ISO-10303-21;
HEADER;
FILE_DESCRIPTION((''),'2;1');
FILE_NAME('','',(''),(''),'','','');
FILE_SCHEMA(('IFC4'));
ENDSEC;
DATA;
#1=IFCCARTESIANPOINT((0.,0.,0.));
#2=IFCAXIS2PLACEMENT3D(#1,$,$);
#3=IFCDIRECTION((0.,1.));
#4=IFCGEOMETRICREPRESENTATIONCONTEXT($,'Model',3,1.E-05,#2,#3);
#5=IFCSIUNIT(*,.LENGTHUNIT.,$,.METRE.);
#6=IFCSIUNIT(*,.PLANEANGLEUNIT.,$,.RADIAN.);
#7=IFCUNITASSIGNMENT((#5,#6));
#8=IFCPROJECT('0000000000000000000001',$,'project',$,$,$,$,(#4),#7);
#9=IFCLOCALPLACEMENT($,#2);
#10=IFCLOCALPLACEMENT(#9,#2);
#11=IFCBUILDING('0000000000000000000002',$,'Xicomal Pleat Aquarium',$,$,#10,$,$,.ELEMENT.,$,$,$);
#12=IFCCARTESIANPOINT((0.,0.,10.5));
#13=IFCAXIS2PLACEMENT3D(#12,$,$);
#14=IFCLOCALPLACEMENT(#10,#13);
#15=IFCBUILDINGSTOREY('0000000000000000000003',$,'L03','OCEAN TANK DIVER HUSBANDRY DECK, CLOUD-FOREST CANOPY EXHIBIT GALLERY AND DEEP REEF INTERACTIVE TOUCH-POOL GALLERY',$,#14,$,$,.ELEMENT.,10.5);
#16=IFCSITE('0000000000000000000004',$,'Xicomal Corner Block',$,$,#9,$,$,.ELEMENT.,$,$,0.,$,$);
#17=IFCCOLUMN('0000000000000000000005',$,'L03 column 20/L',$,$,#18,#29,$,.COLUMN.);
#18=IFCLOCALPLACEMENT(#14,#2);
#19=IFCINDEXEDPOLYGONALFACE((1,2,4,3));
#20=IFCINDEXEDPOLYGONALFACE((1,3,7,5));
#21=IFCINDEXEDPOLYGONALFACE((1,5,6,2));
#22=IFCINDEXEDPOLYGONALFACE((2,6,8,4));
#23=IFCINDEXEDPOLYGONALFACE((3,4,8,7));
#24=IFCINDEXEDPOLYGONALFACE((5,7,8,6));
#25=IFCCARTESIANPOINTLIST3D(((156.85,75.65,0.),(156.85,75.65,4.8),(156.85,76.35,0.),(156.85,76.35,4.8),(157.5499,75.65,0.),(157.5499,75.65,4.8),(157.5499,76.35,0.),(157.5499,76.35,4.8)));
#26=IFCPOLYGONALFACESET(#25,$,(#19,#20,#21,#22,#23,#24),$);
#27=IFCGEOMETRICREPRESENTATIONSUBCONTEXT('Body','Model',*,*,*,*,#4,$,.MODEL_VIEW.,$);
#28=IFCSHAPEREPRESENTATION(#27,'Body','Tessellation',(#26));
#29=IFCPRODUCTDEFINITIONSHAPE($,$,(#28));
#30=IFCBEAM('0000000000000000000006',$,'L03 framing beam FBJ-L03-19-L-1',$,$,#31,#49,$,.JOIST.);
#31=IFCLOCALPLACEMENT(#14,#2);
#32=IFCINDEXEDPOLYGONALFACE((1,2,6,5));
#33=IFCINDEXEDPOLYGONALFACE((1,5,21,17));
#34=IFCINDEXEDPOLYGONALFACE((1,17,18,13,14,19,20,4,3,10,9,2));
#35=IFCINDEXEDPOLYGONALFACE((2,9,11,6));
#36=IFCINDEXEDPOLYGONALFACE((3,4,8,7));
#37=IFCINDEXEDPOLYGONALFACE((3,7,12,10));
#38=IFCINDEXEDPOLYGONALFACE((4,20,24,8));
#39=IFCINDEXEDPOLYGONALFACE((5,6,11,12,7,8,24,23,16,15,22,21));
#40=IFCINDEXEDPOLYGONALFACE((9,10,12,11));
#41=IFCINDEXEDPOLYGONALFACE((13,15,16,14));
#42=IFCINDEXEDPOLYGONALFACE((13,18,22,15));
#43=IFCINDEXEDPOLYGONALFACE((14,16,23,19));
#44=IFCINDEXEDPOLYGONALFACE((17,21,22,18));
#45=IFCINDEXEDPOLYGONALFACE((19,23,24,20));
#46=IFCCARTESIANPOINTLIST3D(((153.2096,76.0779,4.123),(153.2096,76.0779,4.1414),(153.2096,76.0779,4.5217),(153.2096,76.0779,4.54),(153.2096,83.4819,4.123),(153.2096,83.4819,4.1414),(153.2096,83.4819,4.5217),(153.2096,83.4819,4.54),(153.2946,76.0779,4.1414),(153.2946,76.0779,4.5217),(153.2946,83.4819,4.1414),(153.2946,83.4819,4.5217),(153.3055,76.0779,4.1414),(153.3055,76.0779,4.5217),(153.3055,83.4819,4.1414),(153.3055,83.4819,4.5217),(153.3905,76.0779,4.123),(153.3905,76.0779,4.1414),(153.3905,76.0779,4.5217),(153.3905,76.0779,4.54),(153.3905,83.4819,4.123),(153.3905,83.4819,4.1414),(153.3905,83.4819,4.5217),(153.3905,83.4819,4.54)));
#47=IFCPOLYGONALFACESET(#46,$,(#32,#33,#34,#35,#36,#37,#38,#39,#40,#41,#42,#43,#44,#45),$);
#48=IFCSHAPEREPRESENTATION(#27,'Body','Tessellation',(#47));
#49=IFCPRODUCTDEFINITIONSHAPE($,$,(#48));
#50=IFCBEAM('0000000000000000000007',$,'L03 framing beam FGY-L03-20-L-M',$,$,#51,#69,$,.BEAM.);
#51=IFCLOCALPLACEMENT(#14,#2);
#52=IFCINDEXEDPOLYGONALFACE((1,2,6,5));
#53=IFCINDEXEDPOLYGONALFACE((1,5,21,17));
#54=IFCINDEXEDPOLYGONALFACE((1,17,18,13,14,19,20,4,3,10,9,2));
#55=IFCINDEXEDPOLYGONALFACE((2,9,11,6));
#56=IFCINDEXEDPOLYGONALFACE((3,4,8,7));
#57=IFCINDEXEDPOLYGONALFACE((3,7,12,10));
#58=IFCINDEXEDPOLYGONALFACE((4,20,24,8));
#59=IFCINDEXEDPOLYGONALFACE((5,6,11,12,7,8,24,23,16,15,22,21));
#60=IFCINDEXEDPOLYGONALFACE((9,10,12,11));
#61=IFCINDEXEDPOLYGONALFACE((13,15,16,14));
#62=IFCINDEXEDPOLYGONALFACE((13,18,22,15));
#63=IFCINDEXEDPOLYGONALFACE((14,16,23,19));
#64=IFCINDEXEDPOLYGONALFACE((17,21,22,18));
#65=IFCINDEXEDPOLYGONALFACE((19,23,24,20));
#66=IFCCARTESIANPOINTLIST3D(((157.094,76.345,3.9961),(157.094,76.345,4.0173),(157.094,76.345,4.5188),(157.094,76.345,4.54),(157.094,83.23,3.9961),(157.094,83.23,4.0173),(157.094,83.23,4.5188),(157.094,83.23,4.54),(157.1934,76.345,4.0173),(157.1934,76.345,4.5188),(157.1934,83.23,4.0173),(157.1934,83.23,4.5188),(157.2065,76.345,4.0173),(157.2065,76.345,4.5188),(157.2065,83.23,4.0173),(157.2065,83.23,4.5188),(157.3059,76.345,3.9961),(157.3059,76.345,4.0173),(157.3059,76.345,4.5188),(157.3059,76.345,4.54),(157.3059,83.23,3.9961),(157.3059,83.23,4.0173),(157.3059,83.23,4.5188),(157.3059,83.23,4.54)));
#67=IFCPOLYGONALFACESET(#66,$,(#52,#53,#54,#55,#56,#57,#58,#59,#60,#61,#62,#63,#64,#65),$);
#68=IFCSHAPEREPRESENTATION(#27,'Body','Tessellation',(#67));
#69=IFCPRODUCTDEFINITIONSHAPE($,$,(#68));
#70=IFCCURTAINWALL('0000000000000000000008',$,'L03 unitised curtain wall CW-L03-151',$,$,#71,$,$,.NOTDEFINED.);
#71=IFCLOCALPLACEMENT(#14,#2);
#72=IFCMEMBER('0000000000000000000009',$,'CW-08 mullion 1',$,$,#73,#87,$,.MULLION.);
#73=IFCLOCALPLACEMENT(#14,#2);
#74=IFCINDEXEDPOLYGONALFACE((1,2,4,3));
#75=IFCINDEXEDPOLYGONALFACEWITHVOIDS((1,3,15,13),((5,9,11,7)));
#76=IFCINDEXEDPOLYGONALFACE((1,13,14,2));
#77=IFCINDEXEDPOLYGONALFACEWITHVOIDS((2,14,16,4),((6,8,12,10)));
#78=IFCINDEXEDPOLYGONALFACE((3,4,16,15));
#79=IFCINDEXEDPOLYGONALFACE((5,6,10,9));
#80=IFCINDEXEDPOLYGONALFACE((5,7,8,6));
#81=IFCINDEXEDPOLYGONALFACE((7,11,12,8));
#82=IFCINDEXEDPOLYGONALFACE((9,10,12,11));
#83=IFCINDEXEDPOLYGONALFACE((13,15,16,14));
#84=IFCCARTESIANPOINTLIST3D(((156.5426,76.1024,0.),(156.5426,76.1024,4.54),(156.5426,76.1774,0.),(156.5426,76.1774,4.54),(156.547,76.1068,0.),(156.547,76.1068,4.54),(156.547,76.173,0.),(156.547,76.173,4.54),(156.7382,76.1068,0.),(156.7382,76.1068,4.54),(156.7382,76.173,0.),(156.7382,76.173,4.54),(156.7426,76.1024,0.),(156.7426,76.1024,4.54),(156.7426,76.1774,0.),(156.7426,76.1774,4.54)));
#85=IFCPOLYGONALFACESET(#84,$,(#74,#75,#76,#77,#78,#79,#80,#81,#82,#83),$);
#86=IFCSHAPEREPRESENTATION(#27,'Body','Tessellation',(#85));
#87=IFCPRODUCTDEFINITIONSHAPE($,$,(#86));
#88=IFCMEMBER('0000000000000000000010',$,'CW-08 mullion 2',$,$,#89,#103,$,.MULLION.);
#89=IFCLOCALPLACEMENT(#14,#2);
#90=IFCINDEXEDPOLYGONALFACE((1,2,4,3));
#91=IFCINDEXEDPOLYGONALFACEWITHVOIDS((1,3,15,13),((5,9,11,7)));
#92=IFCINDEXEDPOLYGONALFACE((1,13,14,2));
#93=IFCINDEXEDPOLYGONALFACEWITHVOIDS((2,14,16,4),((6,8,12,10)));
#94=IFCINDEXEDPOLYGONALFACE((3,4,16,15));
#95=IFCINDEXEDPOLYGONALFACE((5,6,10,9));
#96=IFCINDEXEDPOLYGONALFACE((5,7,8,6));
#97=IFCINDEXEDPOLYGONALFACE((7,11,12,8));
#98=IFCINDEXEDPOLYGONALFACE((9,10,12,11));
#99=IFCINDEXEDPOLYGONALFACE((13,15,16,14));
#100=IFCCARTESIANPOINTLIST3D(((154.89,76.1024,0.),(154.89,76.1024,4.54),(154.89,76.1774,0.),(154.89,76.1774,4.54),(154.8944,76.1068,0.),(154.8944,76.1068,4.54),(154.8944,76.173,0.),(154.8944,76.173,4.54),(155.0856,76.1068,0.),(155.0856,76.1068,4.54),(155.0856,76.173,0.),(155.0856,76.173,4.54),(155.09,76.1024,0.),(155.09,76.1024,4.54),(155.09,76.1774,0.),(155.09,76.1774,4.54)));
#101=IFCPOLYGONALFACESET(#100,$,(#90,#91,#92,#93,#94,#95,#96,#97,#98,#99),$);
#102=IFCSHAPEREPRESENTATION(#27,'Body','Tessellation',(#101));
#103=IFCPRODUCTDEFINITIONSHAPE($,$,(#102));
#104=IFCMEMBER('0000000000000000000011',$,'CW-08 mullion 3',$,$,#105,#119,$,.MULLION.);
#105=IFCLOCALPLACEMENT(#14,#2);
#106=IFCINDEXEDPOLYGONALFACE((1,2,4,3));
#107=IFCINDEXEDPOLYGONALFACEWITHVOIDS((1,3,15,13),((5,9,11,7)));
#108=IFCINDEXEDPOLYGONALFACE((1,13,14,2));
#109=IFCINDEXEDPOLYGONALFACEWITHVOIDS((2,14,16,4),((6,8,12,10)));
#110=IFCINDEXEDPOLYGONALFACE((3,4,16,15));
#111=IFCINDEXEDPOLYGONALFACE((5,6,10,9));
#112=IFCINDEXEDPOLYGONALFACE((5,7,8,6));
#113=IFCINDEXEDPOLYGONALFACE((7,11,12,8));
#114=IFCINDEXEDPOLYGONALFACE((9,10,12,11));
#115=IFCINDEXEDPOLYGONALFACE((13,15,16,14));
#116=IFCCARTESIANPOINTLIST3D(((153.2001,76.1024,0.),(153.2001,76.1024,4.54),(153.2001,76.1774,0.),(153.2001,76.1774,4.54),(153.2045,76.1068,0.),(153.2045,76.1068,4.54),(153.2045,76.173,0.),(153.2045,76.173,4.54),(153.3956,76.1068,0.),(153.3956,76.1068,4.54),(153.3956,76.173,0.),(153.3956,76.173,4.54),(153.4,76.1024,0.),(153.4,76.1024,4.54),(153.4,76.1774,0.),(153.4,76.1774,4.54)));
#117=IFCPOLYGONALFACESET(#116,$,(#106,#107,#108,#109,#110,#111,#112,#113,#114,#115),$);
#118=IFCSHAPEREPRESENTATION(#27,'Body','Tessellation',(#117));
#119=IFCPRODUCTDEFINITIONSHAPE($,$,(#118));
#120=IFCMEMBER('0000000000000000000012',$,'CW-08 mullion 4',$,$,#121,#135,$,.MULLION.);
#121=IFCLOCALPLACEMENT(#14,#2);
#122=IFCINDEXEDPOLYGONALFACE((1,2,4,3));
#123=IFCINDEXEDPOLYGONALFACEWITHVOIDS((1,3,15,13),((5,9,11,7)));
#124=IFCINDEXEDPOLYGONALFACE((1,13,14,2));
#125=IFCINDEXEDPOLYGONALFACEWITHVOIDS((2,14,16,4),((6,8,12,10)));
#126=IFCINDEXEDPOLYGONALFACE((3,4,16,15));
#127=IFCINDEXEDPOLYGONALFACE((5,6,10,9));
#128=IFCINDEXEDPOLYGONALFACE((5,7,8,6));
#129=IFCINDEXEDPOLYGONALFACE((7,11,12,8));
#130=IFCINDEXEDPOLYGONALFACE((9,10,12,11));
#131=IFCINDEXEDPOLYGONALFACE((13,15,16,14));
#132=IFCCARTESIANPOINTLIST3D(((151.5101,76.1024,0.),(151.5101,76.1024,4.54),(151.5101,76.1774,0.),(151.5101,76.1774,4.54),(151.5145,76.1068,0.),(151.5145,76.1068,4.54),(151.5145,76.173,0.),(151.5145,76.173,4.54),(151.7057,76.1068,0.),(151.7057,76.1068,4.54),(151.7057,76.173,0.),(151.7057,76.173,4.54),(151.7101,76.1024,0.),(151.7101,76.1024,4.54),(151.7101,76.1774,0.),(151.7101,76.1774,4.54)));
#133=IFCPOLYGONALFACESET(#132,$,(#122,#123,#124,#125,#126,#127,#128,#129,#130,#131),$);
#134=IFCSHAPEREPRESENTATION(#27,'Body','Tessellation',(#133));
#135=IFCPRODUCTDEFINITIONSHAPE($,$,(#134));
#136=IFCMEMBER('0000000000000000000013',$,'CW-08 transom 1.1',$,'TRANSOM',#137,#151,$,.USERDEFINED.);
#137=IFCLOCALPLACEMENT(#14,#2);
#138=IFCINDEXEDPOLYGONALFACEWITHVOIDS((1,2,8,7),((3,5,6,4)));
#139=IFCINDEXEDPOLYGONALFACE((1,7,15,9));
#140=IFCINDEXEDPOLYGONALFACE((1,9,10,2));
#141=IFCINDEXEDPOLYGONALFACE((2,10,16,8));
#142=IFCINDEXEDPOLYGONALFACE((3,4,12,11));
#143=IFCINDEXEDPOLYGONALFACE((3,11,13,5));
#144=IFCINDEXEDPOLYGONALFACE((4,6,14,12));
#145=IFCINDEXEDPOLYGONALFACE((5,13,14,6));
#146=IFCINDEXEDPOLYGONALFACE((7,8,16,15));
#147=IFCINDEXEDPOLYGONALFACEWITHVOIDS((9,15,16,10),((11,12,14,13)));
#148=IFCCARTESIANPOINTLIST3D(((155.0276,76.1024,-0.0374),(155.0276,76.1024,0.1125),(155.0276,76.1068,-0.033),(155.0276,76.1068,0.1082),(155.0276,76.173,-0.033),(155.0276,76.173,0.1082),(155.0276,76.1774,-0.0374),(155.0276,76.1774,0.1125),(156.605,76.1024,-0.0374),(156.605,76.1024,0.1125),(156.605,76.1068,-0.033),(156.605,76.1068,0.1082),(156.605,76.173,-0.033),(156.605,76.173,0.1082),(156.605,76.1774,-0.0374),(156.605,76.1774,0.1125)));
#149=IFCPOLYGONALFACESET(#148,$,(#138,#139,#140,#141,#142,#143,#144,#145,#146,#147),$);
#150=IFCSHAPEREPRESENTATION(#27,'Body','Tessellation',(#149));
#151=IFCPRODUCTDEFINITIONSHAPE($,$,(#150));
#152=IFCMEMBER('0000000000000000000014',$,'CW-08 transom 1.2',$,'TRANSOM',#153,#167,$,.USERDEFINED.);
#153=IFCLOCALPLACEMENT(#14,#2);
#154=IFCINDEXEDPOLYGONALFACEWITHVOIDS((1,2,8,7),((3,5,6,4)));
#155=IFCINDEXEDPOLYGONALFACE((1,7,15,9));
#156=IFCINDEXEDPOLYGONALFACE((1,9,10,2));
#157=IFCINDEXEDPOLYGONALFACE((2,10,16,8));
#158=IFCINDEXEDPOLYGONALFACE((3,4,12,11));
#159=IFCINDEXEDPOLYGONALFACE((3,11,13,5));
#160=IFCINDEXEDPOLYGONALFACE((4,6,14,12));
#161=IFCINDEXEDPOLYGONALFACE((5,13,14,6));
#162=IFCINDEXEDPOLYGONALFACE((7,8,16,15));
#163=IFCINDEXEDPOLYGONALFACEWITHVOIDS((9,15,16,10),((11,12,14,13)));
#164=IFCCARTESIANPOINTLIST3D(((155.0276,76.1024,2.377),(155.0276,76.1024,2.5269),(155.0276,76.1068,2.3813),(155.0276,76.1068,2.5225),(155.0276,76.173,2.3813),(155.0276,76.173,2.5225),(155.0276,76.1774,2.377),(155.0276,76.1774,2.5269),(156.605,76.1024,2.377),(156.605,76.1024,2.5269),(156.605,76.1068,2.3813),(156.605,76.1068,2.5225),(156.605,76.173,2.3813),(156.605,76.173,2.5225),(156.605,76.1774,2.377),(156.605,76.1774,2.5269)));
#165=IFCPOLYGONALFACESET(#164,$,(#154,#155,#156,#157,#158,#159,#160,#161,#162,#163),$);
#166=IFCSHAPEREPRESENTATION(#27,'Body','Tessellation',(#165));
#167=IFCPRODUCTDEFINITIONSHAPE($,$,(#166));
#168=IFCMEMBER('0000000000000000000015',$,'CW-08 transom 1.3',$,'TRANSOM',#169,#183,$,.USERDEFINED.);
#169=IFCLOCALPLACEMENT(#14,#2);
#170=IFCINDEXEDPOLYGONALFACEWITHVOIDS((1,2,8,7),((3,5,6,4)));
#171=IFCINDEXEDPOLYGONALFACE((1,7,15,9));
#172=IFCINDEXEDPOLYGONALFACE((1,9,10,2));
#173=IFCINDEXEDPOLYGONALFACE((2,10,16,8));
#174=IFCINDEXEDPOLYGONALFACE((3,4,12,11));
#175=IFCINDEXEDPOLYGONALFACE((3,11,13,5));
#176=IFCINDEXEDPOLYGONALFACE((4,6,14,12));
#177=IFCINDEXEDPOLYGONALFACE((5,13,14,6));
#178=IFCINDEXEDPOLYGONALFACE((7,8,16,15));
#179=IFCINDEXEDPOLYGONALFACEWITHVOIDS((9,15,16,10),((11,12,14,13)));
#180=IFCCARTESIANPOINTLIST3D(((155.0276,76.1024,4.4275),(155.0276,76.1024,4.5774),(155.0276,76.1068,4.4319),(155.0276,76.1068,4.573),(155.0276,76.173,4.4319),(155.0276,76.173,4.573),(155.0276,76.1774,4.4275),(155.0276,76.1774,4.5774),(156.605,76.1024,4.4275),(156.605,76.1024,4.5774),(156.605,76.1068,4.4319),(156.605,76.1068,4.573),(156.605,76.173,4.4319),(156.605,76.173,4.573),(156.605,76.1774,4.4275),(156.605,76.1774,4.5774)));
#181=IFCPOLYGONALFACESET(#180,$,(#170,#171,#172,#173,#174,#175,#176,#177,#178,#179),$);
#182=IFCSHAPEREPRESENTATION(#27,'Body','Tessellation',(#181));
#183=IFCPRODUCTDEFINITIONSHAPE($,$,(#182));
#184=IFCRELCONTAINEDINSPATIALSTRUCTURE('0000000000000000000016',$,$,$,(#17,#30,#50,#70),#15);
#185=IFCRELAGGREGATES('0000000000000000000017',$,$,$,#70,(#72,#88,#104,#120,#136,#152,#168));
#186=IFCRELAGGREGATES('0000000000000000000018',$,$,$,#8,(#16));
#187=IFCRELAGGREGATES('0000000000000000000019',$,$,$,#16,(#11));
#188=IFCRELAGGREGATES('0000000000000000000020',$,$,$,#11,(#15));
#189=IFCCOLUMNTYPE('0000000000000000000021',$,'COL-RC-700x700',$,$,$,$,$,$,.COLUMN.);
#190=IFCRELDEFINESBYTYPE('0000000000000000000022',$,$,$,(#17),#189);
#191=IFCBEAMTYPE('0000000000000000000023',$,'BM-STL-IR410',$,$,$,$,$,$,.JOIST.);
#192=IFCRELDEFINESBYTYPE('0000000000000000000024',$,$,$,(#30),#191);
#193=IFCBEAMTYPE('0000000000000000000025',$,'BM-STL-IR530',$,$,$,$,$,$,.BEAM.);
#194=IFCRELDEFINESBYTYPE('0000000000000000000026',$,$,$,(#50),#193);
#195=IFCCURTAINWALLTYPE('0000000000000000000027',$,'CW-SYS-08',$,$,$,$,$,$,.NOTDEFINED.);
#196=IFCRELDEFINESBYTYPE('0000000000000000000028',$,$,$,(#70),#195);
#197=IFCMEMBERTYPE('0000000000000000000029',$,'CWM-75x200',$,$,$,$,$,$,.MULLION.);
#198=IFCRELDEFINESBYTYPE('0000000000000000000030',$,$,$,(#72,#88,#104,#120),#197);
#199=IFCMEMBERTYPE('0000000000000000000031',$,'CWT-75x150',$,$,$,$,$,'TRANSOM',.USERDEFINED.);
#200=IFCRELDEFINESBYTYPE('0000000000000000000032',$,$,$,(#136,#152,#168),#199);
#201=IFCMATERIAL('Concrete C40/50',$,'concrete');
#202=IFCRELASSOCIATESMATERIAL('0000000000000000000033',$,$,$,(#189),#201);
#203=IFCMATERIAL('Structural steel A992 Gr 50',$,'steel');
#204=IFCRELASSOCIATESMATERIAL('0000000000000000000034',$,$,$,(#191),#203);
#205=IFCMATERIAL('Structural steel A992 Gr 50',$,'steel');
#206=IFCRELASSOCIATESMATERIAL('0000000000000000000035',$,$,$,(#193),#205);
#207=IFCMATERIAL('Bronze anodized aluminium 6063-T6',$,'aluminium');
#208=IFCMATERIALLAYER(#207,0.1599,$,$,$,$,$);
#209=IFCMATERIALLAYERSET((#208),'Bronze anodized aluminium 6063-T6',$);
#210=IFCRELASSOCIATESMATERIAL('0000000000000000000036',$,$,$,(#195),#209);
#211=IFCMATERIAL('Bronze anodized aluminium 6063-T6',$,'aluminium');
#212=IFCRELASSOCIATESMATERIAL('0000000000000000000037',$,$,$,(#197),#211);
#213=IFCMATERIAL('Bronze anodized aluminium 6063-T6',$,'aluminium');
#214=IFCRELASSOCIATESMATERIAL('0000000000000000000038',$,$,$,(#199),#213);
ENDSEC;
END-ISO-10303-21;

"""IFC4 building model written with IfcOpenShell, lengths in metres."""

from ifc_helpers import new_model, si_unit, direction, frame, origin, origin_2d, place, context, subcontext, project, spatial, rectangle, hollow_rectangle, i_section, extrude, material, layer, layer_set, material_profile, profile_set, type_object, element, aggregate, save


model = new_model("IFC4")

# Units and contexts
model_context = context("Model", 3, precision=1e-05, world=origin(), true_north=direction((0.0, 1.0)))
body_context = subcontext(model_context, "Body", "Model", "MODEL_VIEW")
ifc_project = project(units=[si_unit("LENGTHUNIT", "METRE"), si_unit("PLANEANGLEUNIT", "RADIAN")], contexts=[model_context])

# Site, building, storey
site_placement = place(None, origin())
site = spatial("IfcSite", under=ifc_project, at=site_placement, Name="Xicomal Corner Block", CompositionType="ELEMENT", RefElevation=0.0)
building_placement = place(site_placement, origin())
building = spatial("IfcBuilding", under=site, at=building_placement, Name="Xicomal Pleat Aquarium", CompositionType="ELEMENT")
storey_placement = place(building_placement, frame((0.0, 0.0, 10.5)))
storey = spatial("IfcBuildingStorey", under=building, at=storey_placement, Name="L03", Description="OCEAN TANK DIVER HUSBANDRY DECK, CLOUD-FOREST CANOPY EXHIBIT GALLERY AND DEEP REEF INTERACTIVE TOUCH-POOL GALLERY", CompositionType="ELEMENT", Elevation=10.5)

# Column
ifc_material_1 = material(Name="Concrete C40/50", Category="concrete")
ifc_material_profile_1 = material_profile(ifc_material_1, rectangle(XDim=0.7, YDim=0.7, at=origin_2d()), Name="RC 700x700")
ifc_profile_set_1 = profile_set([ifc_material_profile_1], Name="Concrete C40/50")
column_type = type_object("IfcColumnType", Name="COL-RC-700x700", PredefinedType="COLUMN", material=ifc_profile_set_1)
column_placement = place(storey_placement, frame((157.2, 76.0, 0.0), z_axis=(0.0, 0.0, 1.0), x_axis=(1.0, 0.0, 0.0)))
element("IfcColumn", 1, at=column_placement, inside=storey, type_object=column_type, Name="L03 column 20/L", PredefinedType="COLUMN", context=body_context, shape_type="SweptSolid", body=[
    extrude(rectangle(XDim=0.7, YDim=0.7, at=origin_2d()), origin(), (0.0, 0.0, 1.0), 4.8),
])

# Beams
ifc_material_2 = material(Name="Structural steel A992 Gr 50", Category="steel")
ifc_material_profile_2 = material_profile(ifc_material_2, i_section(OverallWidth=0.1809, OverallDepth=0.417, WebThickness=0.011, FlangeThickness=0.0183, at=origin_2d()), Name="IR 410x85")
ifc_profile_set_2 = profile_set([ifc_material_profile_2], Name="Structural steel A992 Gr 50")
beam_type_1 = type_object("IfcBeamType", Name="BM-STL-IR410", PredefinedType="JOIST", material=ifc_profile_set_2)
beam_1_placement = place(storey_placement, frame((153.3, 76.0779, 4.3315), z_axis=(0.0, 1.0, 0.0), x_axis=(-1.0, 0.0, 0.0)))
element("IfcBeam", 2, at=beam_1_placement, inside=storey, type_object=beam_type_1, Name="L03 framing beam FBJ-L03-19-L-1", PredefinedType="JOIST", context=body_context, shape_type="SweptSolid", body=[
    extrude(i_section(OverallWidth=0.1809, OverallDepth=0.417, WebThickness=0.011, FlangeThickness=0.0183, at=origin_2d()), origin(), (0.0, 0.0, 1.0), 7.4041),
])
ifc_material_3 = material(Name="Structural steel A992 Gr 50", Category="steel")
ifc_material_profile_3 = material_profile(ifc_material_3, i_section(OverallWidth=0.2119, OverallDepth=0.5439, WebThickness=0.0132, FlangeThickness=0.0212, at=origin_2d()), Name="IR 530x123")
ifc_profile_set_3 = profile_set([ifc_material_profile_3], Name="Structural steel A992 Gr 50")
beam_type_2 = type_object("IfcBeamType", Name="BM-STL-IR530", PredefinedType="BEAM", material=ifc_profile_set_3)
beam_2_placement = place(storey_placement, frame((157.2, 76.345, 4.2681), z_axis=(0.0, 1.0, 0.0), x_axis=(-1.0, 0.0, 0.0)))
element("IfcBeam", 3, at=beam_2_placement, inside=storey, type_object=beam_type_2, Name="L03 framing beam FGY-L03-20-L-M", PredefinedType="BEAM", context=body_context, shape_type="SweptSolid", body=[
    extrude(i_section(OverallWidth=0.2119, OverallDepth=0.5439, WebThickness=0.0132, FlangeThickness=0.0212, at=origin_2d()), origin(), (0.0, 0.0, 1.0), 6.885),
])

# Curtain wall, members
ifc_material_4 = material(Name="Bronze anodized aluminium 6063-T6", Category="aluminium")
ifc_layer_1 = layer(ifc_material_4, 0.1599)
ifc_layer_set_1 = layer_set([ifc_layer_1], Name="Bronze anodized aluminium 6063-T6")
curtain_wall_type = type_object("IfcCurtainWallType", Name="CW-SYS-08", PredefinedType="NOTDEFINED", material=ifc_layer_set_1)
curtain_wall_placement = place(storey_placement, origin())
curtain_wall = element("IfcCurtainWall", 4, at=curtain_wall_placement, inside=storey, type_object=curtain_wall_type, Name="L03 unitised curtain wall CW-L03-151", PredefinedType="NOTDEFINED")
ifc_material_5 = material(Name="Bronze anodized aluminium 6063-T6", Category="aluminium")
ifc_material_profile_4 = material_profile(ifc_material_5, hollow_rectangle(XDim=0.075, YDim=0.2, WallThickness=0.0044, at=origin_2d()), Name="ALU MULL 75x200")
ifc_profile_set_4 = profile_set([ifc_material_profile_4], Name="Bronze anodized aluminium 6063-T6")
member_type_1 = type_object("IfcMemberType", Name="CWM-75x200", PredefinedType="MULLION", material=ifc_profile_set_4)
member_1_placement = place(storey_placement, frame((156.6426, 76.1399, 0.0), z_axis=(0.0, 0.0, 1.0), x_axis=(0.0, -1.0, 0.0)))
member_1 = element("IfcMember", 5, at=member_1_placement, type_object=member_type_1, Name="CW-08 mullion 1", PredefinedType="MULLION", context=body_context, shape_type="SweptSolid", body=[
    extrude(hollow_rectangle(XDim=0.075, YDim=0.2, WallThickness=0.0044, at=origin_2d()), origin(), (0.0, 0.0, 1.0), 4.54),
])
member_2_placement = place(storey_placement, frame((154.99, 76.1399, 0.0), z_axis=(0.0, 0.0, 1.0), x_axis=(0.0, -1.0, 0.0)))
member_2 = element("IfcMember", 6, at=member_2_placement, type_object=member_type_1, Name="CW-08 mullion 2", PredefinedType="MULLION", context=body_context, shape_type="SweptSolid", body=[
    extrude(hollow_rectangle(XDim=0.075, YDim=0.2, WallThickness=0.0044, at=origin_2d()), origin(), (0.0, 0.0, 1.0), 4.54),
])
member_3_placement = place(storey_placement, frame((153.3, 76.1399, 0.0), z_axis=(0.0, 0.0, 1.0), x_axis=(0.0, -1.0, 0.0)))
member_3 = element("IfcMember", 7, at=member_3_placement, type_object=member_type_1, Name="CW-08 mullion 3", PredefinedType="MULLION", context=body_context, shape_type="SweptSolid", body=[
    extrude(hollow_rectangle(XDim=0.075, YDim=0.2, WallThickness=0.0044, at=origin_2d()), origin(), (0.0, 0.0, 1.0), 4.54),
])
member_4_placement = place(storey_placement, frame((151.6101, 76.1399, 0.0), z_axis=(0.0, 0.0, 1.0), x_axis=(0.0, -1.0, 0.0)))
member_4 = element("IfcMember", 8, at=member_4_placement, type_object=member_type_1, Name="CW-08 mullion 4", PredefinedType="MULLION", context=body_context, shape_type="SweptSolid", body=[
    extrude(hollow_rectangle(XDim=0.075, YDim=0.2, WallThickness=0.0044, at=origin_2d()), origin(), (0.0, 0.0, 1.0), 4.54),
])
ifc_material_6 = material(Name="Bronze anodized aluminium 6063-T6", Category="aluminium")
ifc_material_profile_5 = material_profile(ifc_material_6, hollow_rectangle(XDim=0.075, YDim=0.1499, WallThickness=0.0044, at=origin_2d()), Name="ALU TRAN 75x150")
ifc_profile_set_5 = profile_set([ifc_material_profile_5], Name="Bronze anodized aluminium 6063-T6")
member_type_2 = type_object("IfcMemberType", Name="CWT-75x150", ElementType="TRANSOM", PredefinedType="USERDEFINED", material=ifc_profile_set_5)
member_5_placement = place(storey_placement, frame((156.605, 76.1399, 0.0376), z_axis=(-1.0, 0.0, 0.0), x_axis=(0.0, -1.0, 0.0)))
member_5 = element("IfcMember", 9, at=member_5_placement, type_object=member_type_2, Name="CW-08 transom 1.1", ObjectType="TRANSOM", PredefinedType="USERDEFINED", context=body_context, shape_type="SweptSolid", body=[
    extrude(hollow_rectangle(XDim=0.075, YDim=0.1499, WallThickness=0.0044, at=origin_2d()), origin(), (0.0, 0.0, 1.0), 1.5774),
])
member_6_placement = place(storey_placement, frame((156.605, 76.1399, 2.4519), z_axis=(-1.0, 0.0, 0.0), x_axis=(0.0, -1.0, 0.0)))
member_6 = element("IfcMember", 10, at=member_6_placement, type_object=member_type_2, Name="CW-08 transom 1.2", ObjectType="TRANSOM", PredefinedType="USERDEFINED", context=body_context, shape_type="SweptSolid", body=[
    extrude(hollow_rectangle(XDim=0.075, YDim=0.1499, WallThickness=0.0044, at=origin_2d()), origin(), (0.0, 0.0, 1.0), 1.5774),
])
member_7_placement = place(storey_placement, frame((156.605, 76.1399, 4.5024), z_axis=(-1.0, 0.0, 0.0), x_axis=(0.0, -1.0, 0.0)))
member_7 = element("IfcMember", 11, at=member_7_placement, type_object=member_type_2, Name="CW-08 transom 1.3", ObjectType="TRANSOM", PredefinedType="USERDEFINED", context=body_context, shape_type="SweptSolid", body=[
    extrude(hollow_rectangle(XDim=0.075, YDim=0.1499, WallThickness=0.0044, at=origin_2d()), origin(), (0.0, 0.0, 1.0), 1.5774),
])
aggregate(curtain_wall, [member_1, member_2, member_3, member_4, member_5, member_6, member_7])

save(model, "model.ifc")
